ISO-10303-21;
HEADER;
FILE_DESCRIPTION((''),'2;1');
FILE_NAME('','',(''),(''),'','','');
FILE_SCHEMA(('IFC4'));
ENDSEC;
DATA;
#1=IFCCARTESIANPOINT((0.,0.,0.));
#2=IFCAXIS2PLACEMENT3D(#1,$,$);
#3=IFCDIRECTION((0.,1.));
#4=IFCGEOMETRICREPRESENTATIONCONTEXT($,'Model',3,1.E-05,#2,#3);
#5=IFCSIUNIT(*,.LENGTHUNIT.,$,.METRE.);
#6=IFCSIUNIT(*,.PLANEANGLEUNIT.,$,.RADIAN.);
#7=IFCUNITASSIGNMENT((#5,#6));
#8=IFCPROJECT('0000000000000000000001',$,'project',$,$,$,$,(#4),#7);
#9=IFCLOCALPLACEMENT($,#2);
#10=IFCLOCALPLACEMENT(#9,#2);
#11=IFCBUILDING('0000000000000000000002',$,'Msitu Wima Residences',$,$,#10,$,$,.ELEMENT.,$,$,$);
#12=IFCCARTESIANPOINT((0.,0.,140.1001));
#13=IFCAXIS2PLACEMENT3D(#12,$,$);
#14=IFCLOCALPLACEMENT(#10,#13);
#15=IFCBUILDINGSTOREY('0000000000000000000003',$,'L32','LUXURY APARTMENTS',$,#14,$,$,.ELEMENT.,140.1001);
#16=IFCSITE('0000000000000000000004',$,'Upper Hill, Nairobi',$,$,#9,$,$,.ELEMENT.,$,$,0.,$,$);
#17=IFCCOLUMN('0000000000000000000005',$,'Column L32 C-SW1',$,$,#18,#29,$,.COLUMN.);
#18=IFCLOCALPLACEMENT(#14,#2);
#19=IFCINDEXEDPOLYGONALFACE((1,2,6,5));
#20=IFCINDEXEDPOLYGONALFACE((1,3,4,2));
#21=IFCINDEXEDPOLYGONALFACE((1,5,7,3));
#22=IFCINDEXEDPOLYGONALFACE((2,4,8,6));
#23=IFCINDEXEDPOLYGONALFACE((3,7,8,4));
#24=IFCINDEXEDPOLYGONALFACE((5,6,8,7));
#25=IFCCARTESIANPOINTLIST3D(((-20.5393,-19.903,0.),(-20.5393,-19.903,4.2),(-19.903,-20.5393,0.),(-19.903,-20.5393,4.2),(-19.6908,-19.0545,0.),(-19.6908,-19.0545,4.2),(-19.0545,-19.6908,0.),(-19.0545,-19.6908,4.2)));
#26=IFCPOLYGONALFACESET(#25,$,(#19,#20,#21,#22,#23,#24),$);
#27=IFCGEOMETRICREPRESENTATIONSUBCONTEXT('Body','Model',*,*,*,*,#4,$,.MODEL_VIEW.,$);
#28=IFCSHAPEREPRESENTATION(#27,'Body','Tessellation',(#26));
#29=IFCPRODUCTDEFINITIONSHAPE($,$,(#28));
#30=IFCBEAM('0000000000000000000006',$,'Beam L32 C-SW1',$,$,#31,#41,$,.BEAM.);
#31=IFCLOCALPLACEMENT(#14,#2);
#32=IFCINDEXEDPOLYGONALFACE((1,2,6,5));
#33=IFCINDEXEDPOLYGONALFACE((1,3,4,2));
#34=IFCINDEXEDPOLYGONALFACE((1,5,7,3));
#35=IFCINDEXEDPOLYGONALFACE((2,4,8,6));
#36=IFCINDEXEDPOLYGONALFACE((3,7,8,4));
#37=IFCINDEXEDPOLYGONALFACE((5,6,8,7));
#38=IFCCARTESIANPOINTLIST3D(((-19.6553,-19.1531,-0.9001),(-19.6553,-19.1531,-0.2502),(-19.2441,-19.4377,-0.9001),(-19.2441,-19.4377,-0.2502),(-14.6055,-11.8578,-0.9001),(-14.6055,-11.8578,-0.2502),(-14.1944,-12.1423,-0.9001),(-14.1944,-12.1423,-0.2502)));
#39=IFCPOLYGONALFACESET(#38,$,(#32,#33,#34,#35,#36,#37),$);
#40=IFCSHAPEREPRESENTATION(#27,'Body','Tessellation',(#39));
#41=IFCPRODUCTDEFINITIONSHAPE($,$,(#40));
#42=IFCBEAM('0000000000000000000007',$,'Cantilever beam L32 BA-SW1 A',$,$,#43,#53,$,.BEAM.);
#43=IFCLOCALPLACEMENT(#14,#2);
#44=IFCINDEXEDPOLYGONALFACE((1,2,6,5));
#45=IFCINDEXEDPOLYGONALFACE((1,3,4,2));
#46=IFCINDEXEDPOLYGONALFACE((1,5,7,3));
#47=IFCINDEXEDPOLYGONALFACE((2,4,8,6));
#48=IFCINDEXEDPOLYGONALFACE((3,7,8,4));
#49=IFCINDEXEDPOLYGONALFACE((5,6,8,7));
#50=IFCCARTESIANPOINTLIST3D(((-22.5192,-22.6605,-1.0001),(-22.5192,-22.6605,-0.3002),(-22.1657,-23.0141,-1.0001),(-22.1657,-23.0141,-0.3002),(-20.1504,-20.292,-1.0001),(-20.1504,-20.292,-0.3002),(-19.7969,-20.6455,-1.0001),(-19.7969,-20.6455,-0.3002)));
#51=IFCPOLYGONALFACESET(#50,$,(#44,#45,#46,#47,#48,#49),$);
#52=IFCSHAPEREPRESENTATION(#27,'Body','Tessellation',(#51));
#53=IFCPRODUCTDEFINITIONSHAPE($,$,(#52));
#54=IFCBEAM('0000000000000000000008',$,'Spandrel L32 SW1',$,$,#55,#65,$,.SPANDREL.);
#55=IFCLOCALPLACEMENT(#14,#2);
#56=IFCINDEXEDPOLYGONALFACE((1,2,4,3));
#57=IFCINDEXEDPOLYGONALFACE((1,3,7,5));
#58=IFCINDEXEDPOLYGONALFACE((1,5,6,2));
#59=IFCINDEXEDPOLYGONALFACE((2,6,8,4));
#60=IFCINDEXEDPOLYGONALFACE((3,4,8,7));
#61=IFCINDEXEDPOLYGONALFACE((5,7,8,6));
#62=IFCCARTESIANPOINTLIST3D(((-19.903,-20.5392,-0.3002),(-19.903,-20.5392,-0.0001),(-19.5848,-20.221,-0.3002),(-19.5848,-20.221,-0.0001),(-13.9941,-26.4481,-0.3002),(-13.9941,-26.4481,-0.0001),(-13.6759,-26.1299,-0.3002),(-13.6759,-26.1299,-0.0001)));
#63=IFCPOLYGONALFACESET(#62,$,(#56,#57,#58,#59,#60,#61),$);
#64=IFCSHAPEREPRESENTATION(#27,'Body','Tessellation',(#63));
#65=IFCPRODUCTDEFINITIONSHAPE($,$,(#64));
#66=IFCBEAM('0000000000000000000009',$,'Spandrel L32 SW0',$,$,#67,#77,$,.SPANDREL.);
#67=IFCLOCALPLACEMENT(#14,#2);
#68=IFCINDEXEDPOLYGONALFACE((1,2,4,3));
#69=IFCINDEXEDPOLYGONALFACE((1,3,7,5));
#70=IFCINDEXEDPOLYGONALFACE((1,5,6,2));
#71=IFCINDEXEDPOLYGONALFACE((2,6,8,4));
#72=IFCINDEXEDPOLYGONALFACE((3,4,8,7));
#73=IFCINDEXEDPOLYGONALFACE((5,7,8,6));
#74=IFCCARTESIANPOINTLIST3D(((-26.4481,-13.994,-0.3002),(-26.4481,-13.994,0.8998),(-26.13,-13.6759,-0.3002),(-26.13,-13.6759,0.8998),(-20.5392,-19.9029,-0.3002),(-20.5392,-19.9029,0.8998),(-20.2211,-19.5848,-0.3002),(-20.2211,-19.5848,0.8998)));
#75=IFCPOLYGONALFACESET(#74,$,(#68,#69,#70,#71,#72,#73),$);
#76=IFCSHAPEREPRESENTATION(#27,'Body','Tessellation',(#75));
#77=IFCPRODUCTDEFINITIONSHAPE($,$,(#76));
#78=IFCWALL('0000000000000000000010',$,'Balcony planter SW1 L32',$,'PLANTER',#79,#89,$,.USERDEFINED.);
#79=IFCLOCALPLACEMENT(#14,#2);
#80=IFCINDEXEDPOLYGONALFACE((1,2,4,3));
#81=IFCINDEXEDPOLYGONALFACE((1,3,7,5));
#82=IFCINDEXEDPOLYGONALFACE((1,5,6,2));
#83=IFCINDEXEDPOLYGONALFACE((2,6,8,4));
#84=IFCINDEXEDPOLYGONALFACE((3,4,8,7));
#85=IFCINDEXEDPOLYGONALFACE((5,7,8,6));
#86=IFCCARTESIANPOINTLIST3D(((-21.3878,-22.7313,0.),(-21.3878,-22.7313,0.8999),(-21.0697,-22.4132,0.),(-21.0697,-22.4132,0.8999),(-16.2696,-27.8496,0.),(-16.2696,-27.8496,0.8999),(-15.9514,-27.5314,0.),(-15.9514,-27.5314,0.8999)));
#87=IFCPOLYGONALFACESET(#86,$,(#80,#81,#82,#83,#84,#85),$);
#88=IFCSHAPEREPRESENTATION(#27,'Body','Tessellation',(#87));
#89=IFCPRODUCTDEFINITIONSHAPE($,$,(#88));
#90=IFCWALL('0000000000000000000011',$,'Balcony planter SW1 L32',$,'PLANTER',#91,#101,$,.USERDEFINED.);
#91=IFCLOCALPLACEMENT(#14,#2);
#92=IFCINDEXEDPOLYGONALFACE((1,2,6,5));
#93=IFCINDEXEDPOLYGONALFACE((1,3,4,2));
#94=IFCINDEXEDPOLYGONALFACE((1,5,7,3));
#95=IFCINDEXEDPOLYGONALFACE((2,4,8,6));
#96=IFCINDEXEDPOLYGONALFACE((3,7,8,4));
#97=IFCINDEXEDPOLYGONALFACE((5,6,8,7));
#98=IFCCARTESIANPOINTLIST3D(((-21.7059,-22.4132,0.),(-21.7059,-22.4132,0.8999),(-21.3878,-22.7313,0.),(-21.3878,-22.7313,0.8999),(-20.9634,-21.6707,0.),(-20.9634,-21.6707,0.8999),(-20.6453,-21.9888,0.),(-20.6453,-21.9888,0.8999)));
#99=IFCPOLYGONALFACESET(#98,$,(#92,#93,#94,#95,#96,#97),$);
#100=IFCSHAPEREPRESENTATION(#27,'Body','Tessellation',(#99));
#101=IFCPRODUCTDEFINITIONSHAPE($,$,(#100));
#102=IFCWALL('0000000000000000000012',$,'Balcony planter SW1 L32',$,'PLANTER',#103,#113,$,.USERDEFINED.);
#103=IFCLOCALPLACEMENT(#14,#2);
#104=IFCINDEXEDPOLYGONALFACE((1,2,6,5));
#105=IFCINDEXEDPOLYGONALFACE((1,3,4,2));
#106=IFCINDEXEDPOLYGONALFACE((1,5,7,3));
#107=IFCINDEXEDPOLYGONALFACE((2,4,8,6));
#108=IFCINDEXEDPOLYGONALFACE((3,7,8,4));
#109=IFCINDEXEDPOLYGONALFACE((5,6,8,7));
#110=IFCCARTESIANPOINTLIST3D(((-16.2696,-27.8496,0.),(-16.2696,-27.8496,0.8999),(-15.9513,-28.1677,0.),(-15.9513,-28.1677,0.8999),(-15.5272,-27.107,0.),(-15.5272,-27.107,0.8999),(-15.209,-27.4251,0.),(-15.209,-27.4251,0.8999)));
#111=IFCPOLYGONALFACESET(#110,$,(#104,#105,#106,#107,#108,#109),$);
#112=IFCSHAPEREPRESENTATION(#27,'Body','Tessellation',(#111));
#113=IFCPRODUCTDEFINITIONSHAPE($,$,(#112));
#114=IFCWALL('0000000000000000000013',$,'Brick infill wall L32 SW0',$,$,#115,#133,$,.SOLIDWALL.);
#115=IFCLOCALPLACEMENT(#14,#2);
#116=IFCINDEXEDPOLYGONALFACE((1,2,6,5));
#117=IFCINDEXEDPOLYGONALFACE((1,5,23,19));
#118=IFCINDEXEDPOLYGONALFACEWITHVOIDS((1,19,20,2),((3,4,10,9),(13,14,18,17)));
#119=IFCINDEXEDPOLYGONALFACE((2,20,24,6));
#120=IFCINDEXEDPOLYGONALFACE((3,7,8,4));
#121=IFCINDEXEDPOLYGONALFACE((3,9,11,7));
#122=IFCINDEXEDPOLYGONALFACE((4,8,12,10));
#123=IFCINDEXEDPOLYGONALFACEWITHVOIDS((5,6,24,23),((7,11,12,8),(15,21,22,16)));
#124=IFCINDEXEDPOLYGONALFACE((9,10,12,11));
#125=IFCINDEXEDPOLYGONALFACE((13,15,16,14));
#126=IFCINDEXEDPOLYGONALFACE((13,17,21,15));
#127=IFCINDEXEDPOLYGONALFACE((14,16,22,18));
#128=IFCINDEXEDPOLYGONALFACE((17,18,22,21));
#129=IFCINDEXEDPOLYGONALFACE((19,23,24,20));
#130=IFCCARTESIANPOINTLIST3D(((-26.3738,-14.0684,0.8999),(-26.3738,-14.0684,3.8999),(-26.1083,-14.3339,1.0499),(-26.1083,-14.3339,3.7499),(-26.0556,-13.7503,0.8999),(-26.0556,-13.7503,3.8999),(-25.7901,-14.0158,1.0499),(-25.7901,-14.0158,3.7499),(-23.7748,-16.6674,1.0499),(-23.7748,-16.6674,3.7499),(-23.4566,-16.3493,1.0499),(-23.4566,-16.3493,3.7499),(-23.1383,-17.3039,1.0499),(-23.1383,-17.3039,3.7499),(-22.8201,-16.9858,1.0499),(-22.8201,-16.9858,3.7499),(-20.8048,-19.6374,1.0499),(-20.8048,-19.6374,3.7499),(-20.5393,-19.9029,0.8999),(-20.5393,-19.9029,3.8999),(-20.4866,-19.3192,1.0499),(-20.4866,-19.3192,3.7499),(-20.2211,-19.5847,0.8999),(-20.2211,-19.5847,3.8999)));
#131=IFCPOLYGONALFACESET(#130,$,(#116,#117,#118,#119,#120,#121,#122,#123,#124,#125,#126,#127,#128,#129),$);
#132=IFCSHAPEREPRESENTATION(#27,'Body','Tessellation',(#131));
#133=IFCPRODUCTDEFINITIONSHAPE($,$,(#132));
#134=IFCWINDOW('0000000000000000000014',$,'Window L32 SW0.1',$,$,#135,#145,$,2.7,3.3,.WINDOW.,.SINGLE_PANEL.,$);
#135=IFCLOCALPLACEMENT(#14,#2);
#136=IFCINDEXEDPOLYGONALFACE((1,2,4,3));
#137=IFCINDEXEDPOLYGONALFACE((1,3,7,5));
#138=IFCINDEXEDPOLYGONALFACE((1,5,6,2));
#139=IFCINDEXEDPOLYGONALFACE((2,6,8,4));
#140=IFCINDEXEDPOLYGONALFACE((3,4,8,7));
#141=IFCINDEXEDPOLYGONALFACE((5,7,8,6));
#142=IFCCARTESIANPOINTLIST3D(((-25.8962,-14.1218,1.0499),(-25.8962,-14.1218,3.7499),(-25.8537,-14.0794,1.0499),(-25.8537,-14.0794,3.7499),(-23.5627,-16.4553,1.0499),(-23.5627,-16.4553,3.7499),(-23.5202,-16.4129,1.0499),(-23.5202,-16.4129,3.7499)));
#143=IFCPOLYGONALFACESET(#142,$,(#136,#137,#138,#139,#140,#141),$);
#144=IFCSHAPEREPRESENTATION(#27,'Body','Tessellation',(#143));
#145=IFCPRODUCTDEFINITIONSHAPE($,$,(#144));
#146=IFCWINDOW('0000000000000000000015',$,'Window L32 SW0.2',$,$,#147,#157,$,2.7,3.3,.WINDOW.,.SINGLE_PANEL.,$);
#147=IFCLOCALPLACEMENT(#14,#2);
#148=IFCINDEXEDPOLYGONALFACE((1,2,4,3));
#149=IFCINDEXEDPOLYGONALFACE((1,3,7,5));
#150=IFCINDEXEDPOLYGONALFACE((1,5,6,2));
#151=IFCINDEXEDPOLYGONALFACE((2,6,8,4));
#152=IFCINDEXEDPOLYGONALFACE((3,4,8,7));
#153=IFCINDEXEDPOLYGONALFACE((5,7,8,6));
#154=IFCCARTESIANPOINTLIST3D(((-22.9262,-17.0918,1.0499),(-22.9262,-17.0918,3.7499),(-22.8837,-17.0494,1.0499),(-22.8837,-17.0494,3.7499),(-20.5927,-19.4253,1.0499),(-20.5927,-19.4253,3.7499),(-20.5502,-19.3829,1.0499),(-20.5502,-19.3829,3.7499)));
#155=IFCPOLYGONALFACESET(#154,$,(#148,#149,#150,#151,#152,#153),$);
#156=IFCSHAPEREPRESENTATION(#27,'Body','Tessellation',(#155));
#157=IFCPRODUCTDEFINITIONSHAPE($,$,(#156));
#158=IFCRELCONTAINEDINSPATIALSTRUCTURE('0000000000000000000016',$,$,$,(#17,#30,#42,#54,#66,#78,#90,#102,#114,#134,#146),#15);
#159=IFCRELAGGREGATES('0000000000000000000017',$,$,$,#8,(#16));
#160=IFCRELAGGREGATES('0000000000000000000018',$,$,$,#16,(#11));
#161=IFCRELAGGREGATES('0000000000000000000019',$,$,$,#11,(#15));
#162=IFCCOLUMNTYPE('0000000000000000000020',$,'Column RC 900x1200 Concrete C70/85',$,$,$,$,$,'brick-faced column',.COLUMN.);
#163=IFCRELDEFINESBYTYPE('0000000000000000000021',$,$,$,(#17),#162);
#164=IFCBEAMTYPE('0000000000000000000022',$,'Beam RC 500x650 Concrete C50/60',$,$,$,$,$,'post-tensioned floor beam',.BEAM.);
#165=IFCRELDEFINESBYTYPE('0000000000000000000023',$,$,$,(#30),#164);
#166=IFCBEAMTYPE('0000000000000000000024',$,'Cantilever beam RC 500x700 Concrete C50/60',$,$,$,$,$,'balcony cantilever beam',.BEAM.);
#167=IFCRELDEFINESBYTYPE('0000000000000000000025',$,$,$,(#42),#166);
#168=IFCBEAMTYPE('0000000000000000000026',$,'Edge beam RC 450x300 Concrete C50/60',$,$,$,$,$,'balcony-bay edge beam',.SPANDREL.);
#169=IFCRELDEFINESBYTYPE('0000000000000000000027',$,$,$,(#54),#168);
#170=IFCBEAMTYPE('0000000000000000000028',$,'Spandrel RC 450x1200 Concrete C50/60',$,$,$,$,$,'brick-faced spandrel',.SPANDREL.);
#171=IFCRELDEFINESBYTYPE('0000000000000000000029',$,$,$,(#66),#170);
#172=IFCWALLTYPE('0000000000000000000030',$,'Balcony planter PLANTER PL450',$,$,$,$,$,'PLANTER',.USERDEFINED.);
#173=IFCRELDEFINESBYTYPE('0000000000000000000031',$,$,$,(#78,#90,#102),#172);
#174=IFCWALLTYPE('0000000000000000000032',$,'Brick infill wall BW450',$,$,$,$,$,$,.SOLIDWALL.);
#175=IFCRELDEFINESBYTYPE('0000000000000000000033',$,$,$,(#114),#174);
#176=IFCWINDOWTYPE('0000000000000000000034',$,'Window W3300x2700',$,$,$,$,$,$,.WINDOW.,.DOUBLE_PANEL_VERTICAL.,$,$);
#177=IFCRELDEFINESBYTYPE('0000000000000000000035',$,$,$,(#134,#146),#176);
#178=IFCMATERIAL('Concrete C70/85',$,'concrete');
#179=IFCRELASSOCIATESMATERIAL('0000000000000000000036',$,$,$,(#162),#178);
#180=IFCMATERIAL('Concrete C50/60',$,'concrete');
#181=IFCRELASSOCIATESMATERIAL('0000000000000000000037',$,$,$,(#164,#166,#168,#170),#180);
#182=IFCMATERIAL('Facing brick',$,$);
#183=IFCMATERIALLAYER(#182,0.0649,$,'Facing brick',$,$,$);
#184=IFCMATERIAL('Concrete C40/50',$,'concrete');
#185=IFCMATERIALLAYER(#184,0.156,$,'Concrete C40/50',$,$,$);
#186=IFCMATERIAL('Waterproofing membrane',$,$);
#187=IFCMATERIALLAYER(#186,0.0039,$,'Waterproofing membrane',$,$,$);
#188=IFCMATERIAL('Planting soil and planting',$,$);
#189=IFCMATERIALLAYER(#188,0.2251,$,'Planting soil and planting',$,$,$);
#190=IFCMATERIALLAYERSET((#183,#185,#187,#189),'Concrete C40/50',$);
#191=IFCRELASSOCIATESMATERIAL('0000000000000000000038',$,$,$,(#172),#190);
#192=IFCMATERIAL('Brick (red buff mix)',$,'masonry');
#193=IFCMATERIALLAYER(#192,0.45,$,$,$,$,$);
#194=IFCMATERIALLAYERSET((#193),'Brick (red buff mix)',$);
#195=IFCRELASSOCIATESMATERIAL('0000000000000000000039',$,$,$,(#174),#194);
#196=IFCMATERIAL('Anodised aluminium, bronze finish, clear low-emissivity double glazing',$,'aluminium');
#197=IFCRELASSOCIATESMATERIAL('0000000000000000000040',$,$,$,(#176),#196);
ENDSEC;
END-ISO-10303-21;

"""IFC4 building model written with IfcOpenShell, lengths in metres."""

from ifc_helpers import new_model, si_unit, direction, frame, frame_2d, origin, origin_2d, place, context, subcontext, project, spatial, rectangle, extrude, material, layer, layer_set, material_profile, profile_set, type_object, element, fill, save


model = new_model("IFC4")

# Units and contexts
model_context = context("Model", 3, precision=1e-05, world=origin(), true_north=direction((0.0, 1.0)))
body_context = subcontext(model_context, "Body", "Model", "MODEL_VIEW")
ifc_project = project(units=[si_unit("LENGTHUNIT", "METRE"), si_unit("PLANEANGLEUNIT", "RADIAN")], contexts=[model_context])

# Site, building, storey
site_placement = place(None, origin())
site = spatial("IfcSite", under=ifc_project, at=site_placement, Name="Upper Hill, Nairobi", CompositionType="ELEMENT", RefElevation=0.0)
building_placement = place(site_placement, origin())
building = spatial("IfcBuilding", under=site, at=building_placement, Name="Msitu Wima Residences", CompositionType="ELEMENT")
storey_placement = place(building_placement, frame((0.0, 0.0, 140.1001)))
storey = spatial("IfcBuildingStorey", under=building, at=storey_placement, Name="L32", Description="LUXURY APARTMENTS", CompositionType="ELEMENT", Elevation=140.1001)

# Column
ifc_material_1 = material(Name="Concrete C70/85", Category="concrete")
ifc_material_profile_1 = material_profile(ifc_material_1, rectangle(XDim=0.8999, YDim=1.2, at=origin_2d()), Name="RC 900x1200")
ifc_profile_set_1 = profile_set([ifc_material_profile_1], Name="Concrete C70/85")
column_type = type_object("IfcColumnType", Name="Column RC 900x1200 Concrete C70/85", ElementType="brick-faced column", PredefinedType="COLUMN", material=ifc_profile_set_1)
column_placement = place(storey_placement, frame((-19.7969, -19.7969, 0.0), z_axis=(0.0, 0.0, 1.0), x_axis=(0.707107, -0.707107, 0.0)))
element("IfcColumn", 1, at=column_placement, inside=storey, type_object=column_type, Name="Column L32 C-SW1", PredefinedType="COLUMN", context=body_context, shape_type="SweptSolid", body=[
    extrude(rectangle(XDim=0.8999, YDim=1.2, at=origin_2d()), origin(), (0.0, 0.0, 1.0), 4.2),
])

# Beams
ifc_material_2 = material(Name="Concrete C50/60", Category="concrete")
ifc_material_profile_2 = material_profile(ifc_material_2, rectangle(XDim=0.5, YDim=0.6499, at=origin_2d()), Name="RC 500x650")
ifc_profile_set_2 = profile_set([ifc_material_profile_2], Name="Concrete C50/60")
beam_type_1 = type_object("IfcBeamType", Name="Beam RC 500x650 Concrete C50/60", ElementType="post-tensioned floor beam", PredefinedType="BEAM", material=ifc_profile_set_2)
beam_1_placement = place(storey_placement, frame((-19.4497, -19.2954, -0.5752), z_axis=(0.569144, 0.822238, 0.0), x_axis=(-0.822238, 0.569144, 0.0)))
element("IfcBeam", 2, at=beam_1_placement, inside=storey, type_object=beam_type_1, Name="Beam L32 C-SW1", PredefinedType="BEAM", context=body_context, shape_type="SweptSolid", body=[
    extrude(rectangle(XDim=0.5, YDim=0.6499, at=origin_2d()), origin(), (0.0, 0.0, 1.0), 8.8726),
])
ifc_material_profile_3 = material_profile(ifc_material_2, rectangle(XDim=0.5, YDim=0.7, at=origin_2d()), Name="RC 500x700")
ifc_profile_set_3 = profile_set([ifc_material_profile_3], Name="Concrete C50/60")
beam_type_2 = type_object("IfcBeamType", Name="Cantilever beam RC 500x700 Concrete C50/60", ElementType="balcony cantilever beam", PredefinedType="BEAM", material=ifc_profile_set_3)
beam_2_placement = place(storey_placement, frame((-19.9736, -20.4688, -0.6501), z_axis=(-0.707143, -0.70707, 0.0), x_axis=(0.70707, -0.707143, 0.0)))
element("IfcBeam", 3, at=beam_2_placement, inside=storey, type_object=beam_type_2, Name="Cantilever beam L32 BA-SW1 A", PredefinedType="BEAM", context=body_context, shape_type="SweptSolid", body=[
    extrude(rectangle(XDim=0.5, YDim=0.7, at=origin_2d()), origin(), (0.0, 0.0, 1.0), 3.3499),
])
ifc_material_profile_4 = material_profile(ifc_material_2, rectangle(XDim=0.45, YDim=0.3, at=origin_2d()), Name="RC 450x300")
ifc_profile_set_4 = profile_set([ifc_material_profile_4], Name="Concrete C50/60")
beam_type_3 = type_object("IfcBeamType", Name="Edge beam RC 450x300 Concrete C50/60", ElementType="balcony-bay edge beam", PredefinedType="SPANDREL", material=ifc_profile_set_4)
beam_3_placement = place(storey_placement, frame((-19.7439, -20.3801, -0.1501), z_axis=(0.707107, -0.707107, 0.0), x_axis=(0.707107, 0.707107, 0.0)))
element("IfcBeam", 4, at=beam_3_placement, inside=storey, type_object=beam_type_3, Name="Spandrel L32 SW1", PredefinedType="SPANDREL", context=body_context, shape_type="SweptSolid", body=[
    extrude(rectangle(XDim=0.45, YDim=0.3, at=origin_2d()), origin(), (0.0, 0.0, 1.0), 8.3564),
])
ifc_material_profile_5 = material_profile(ifc_material_2, rectangle(XDim=0.45, YDim=1.2, at=origin_2d()), Name="RC 450x1200")
ifc_profile_set_5 = profile_set([ifc_material_profile_5], Name="Concrete C50/60")
beam_type_4 = type_object("IfcBeamType", Name="Spandrel RC 450x1200 Concrete C50/60", ElementType="brick-faced spandrel", PredefinedType="SPANDREL", material=ifc_profile_set_5)
beam_4_placement = place(storey_placement, frame((-26.2891, -13.835, 0.2998), z_axis=(0.707107, -0.707107, 0.0), x_axis=(0.707107, 0.707107, 0.0)))
element("IfcBeam", 5, at=beam_4_placement, inside=storey, type_object=beam_type_4, Name="Spandrel L32 SW0", PredefinedType="SPANDREL", context=body_context, shape_type="SweptSolid", body=[
    extrude(rectangle(XDim=0.45, YDim=1.2, at=origin_2d()), origin(), (0.0, 0.0, 1.0), 8.3564),
])

# Walls
ifc_material_3 = material(Name="Facing brick")
ifc_layer_1 = layer(ifc_material_3, 0.0649, Name="Facing brick")
ifc_material_4 = material(Name="Concrete C40/50", Category="concrete")
ifc_layer_2 = layer(ifc_material_4, 0.156, Name="Concrete C40/50")
ifc_material_5 = material(Name="Waterproofing membrane")
ifc_layer_3 = layer(ifc_material_5, 0.0039, Name="Waterproofing membrane")
ifc_material_6 = material(Name="Planting soil and planting")
ifc_layer_4 = layer(ifc_material_6, 0.2251, Name="Planting soil and planting")
ifc_layer_set_1 = layer_set([ifc_layer_1, ifc_layer_2, ifc_layer_3, ifc_layer_4], Name="Concrete C40/50")
wall_type_1 = type_object("IfcWallType", Name="Balcony planter PLANTER PL450", ElementType="PLANTER", PredefinedType="USERDEFINED", material=ifc_layer_set_1)
wall_1_placement = place(storey_placement, frame((-21.2288, -22.5723, 0.0), z_axis=(0.0, 0.0, 1.0), x_axis=(0.707107, -0.707107, 0.0)))
element("IfcWall", 6, at=wall_1_placement, inside=storey, type_object=wall_type_1, Name="Balcony planter SW1 L32", ObjectType="PLANTER", PredefinedType="USERDEFINED", context=body_context, shape_type="SweptSolid", body=[
    extrude(rectangle(XDim=7.2383, YDim=0.45, at=frame_2d((3.6191, 0.0))), origin(), (0.0, 0.0, 1.0), 0.8999),
])
for number, where, z_axis, x_axis, name in (
    (7, (-20.8044, -21.8298, 0.0), (0.0, 0.0, 1.0), (-0.707107, -0.707107, 0.0), "Balcony planter SW1 L32"),
    (8, (-15.3682, -27.2661, 0.0), (0.0, 0.0, 1.0), (-0.706991, -0.707223, 0.0), "Balcony planter SW1 L32"),
):
    element("IfcWall", number, at=place(storey_placement, frame(where, z_axis=z_axis, x_axis=x_axis)), inside=storey, type_object=wall_type_1, Name=name, ObjectType="PLANTER", PredefinedType="USERDEFINED", context=body_context, shape_type="SweptSolid", body=[
        extrude(rectangle(XDim=1.05, YDim=0.45, at=frame_2d((0.5249, 0.0))), origin(), (0.0, 0.0, 1.0), 0.8999),
    ])

# Wall, openings, windows
ifc_material_7 = material(Name="Brick (red buff mix)", Category="masonry")
ifc_layer_5 = layer(ifc_material_7, 0.45)
ifc_layer_set_2 = layer_set([ifc_layer_5], Name="Brick (red buff mix)")
wall_type_2 = type_object("IfcWallType", Name="Brick infill wall BW450", PredefinedType="SOLIDWALL", material=ifc_layer_set_2)
wall_2_placement = place(storey_placement, frame((-26.2146, -13.9094, 0.8999), z_axis=(0.0, 0.0, 1.0), x_axis=(0.707107, -0.707107, 0.0)))
wall_2 = element("IfcWall", 9, at=wall_2_placement, inside=storey, type_object=wall_type_2, Name="Brick infill wall L32 SW0", PredefinedType="SOLIDWALL", context=body_context, shape_type="SweptSolid", body=[
    extrude(rectangle(XDim=8.2512, YDim=0.45, at=frame_2d((4.1255, 0.0))), origin(), (0.0, 0.0, 1.0), 3.0),
])
opening_1_placement = place(wall_2_placement, frame((0.3755, 0.0, 0.1499)))
opening_1 = element("IfcOpeningElement", 10, at=opening_1_placement, cuts=wall_2, PredefinedType="OPENING", context=body_context, shape_type="SweptSolid", body=[
    extrude(rectangle(XDim=3.3, YDim=2.7, at=frame_2d((1.6499, 1.3501))), frame((0.0, 0.2349, 0.0), z_axis=(0.0, -1.0, 0.0), x_axis=(1.0, 0.0, 0.0)), (0.0, 0.0, 1.0), 0.47),
])
opening_2_placement = place(wall_2_placement, frame((4.5757, 0.0, 0.1499)))
opening_2 = element("IfcOpeningElement", 11, at=opening_2_placement, cuts=wall_2, PredefinedType="OPENING", context=body_context, shape_type="SweptSolid", body=[
    extrude(rectangle(XDim=3.3, YDim=2.7, at=frame_2d((1.6499, 1.3501))), frame((0.0, 0.2349, 0.0), z_axis=(0.0, -1.0, 0.0), x_axis=(1.0, 0.0, 0.0)), (0.0, 0.0, 1.0), 0.47),
])
ifc_material_8 = material(Name="Anodised aluminium, bronze finish, clear low-emissivity double glazing", Category="aluminium")
window_type = type_object("IfcWindowType", Name="Window W3300x2700", PartitioningType="DOUBLE_PANEL_VERTICAL", PredefinedType="WINDOW", material=ifc_material_8)
window_1_placement = place(opening_1_placement, origin())
window_1 = element("IfcWindow", 12, at=window_1_placement, inside=storey, type_object=window_type, Name="Window L32 SW0.1", OverallHeight=2.7, OverallWidth=3.3, PartitioningType="SINGLE_PANEL", PredefinedType="WINDOW", context=body_context, shape_type="SweptSolid", body=[
    extrude(rectangle(XDim=3.3, YDim=2.7, at=frame_2d((1.6499, 1.3501))), frame((0.0, 0.135, 0.0), z_axis=(0.0, -1.0, 0.0), x_axis=(1.0, 0.0, 0.0)), (0.0, 0.0, 1.0), 0.0601),
])
fill(opening_1, window_1)
window_2_placement = place(opening_2_placement, origin())
window_2 = element("IfcWindow", 13, at=window_2_placement, inside=storey, type_object=window_type, Name="Window L32 SW0.2", OverallHeight=2.7, OverallWidth=3.3, PartitioningType="SINGLE_PANEL", PredefinedType="WINDOW", context=body_context, shape_type="SweptSolid", body=[
    extrude(rectangle(XDim=3.3, YDim=2.7, at=frame_2d((1.6499, 1.3501))), frame((0.0, 0.135, 0.0), z_axis=(0.0, -1.0, 0.0), x_axis=(1.0, 0.0, 0.0)), (0.0, 0.0, 1.0), 0.0601),
])
fill(opening_2, window_2)

save(model, "model.ifc")
